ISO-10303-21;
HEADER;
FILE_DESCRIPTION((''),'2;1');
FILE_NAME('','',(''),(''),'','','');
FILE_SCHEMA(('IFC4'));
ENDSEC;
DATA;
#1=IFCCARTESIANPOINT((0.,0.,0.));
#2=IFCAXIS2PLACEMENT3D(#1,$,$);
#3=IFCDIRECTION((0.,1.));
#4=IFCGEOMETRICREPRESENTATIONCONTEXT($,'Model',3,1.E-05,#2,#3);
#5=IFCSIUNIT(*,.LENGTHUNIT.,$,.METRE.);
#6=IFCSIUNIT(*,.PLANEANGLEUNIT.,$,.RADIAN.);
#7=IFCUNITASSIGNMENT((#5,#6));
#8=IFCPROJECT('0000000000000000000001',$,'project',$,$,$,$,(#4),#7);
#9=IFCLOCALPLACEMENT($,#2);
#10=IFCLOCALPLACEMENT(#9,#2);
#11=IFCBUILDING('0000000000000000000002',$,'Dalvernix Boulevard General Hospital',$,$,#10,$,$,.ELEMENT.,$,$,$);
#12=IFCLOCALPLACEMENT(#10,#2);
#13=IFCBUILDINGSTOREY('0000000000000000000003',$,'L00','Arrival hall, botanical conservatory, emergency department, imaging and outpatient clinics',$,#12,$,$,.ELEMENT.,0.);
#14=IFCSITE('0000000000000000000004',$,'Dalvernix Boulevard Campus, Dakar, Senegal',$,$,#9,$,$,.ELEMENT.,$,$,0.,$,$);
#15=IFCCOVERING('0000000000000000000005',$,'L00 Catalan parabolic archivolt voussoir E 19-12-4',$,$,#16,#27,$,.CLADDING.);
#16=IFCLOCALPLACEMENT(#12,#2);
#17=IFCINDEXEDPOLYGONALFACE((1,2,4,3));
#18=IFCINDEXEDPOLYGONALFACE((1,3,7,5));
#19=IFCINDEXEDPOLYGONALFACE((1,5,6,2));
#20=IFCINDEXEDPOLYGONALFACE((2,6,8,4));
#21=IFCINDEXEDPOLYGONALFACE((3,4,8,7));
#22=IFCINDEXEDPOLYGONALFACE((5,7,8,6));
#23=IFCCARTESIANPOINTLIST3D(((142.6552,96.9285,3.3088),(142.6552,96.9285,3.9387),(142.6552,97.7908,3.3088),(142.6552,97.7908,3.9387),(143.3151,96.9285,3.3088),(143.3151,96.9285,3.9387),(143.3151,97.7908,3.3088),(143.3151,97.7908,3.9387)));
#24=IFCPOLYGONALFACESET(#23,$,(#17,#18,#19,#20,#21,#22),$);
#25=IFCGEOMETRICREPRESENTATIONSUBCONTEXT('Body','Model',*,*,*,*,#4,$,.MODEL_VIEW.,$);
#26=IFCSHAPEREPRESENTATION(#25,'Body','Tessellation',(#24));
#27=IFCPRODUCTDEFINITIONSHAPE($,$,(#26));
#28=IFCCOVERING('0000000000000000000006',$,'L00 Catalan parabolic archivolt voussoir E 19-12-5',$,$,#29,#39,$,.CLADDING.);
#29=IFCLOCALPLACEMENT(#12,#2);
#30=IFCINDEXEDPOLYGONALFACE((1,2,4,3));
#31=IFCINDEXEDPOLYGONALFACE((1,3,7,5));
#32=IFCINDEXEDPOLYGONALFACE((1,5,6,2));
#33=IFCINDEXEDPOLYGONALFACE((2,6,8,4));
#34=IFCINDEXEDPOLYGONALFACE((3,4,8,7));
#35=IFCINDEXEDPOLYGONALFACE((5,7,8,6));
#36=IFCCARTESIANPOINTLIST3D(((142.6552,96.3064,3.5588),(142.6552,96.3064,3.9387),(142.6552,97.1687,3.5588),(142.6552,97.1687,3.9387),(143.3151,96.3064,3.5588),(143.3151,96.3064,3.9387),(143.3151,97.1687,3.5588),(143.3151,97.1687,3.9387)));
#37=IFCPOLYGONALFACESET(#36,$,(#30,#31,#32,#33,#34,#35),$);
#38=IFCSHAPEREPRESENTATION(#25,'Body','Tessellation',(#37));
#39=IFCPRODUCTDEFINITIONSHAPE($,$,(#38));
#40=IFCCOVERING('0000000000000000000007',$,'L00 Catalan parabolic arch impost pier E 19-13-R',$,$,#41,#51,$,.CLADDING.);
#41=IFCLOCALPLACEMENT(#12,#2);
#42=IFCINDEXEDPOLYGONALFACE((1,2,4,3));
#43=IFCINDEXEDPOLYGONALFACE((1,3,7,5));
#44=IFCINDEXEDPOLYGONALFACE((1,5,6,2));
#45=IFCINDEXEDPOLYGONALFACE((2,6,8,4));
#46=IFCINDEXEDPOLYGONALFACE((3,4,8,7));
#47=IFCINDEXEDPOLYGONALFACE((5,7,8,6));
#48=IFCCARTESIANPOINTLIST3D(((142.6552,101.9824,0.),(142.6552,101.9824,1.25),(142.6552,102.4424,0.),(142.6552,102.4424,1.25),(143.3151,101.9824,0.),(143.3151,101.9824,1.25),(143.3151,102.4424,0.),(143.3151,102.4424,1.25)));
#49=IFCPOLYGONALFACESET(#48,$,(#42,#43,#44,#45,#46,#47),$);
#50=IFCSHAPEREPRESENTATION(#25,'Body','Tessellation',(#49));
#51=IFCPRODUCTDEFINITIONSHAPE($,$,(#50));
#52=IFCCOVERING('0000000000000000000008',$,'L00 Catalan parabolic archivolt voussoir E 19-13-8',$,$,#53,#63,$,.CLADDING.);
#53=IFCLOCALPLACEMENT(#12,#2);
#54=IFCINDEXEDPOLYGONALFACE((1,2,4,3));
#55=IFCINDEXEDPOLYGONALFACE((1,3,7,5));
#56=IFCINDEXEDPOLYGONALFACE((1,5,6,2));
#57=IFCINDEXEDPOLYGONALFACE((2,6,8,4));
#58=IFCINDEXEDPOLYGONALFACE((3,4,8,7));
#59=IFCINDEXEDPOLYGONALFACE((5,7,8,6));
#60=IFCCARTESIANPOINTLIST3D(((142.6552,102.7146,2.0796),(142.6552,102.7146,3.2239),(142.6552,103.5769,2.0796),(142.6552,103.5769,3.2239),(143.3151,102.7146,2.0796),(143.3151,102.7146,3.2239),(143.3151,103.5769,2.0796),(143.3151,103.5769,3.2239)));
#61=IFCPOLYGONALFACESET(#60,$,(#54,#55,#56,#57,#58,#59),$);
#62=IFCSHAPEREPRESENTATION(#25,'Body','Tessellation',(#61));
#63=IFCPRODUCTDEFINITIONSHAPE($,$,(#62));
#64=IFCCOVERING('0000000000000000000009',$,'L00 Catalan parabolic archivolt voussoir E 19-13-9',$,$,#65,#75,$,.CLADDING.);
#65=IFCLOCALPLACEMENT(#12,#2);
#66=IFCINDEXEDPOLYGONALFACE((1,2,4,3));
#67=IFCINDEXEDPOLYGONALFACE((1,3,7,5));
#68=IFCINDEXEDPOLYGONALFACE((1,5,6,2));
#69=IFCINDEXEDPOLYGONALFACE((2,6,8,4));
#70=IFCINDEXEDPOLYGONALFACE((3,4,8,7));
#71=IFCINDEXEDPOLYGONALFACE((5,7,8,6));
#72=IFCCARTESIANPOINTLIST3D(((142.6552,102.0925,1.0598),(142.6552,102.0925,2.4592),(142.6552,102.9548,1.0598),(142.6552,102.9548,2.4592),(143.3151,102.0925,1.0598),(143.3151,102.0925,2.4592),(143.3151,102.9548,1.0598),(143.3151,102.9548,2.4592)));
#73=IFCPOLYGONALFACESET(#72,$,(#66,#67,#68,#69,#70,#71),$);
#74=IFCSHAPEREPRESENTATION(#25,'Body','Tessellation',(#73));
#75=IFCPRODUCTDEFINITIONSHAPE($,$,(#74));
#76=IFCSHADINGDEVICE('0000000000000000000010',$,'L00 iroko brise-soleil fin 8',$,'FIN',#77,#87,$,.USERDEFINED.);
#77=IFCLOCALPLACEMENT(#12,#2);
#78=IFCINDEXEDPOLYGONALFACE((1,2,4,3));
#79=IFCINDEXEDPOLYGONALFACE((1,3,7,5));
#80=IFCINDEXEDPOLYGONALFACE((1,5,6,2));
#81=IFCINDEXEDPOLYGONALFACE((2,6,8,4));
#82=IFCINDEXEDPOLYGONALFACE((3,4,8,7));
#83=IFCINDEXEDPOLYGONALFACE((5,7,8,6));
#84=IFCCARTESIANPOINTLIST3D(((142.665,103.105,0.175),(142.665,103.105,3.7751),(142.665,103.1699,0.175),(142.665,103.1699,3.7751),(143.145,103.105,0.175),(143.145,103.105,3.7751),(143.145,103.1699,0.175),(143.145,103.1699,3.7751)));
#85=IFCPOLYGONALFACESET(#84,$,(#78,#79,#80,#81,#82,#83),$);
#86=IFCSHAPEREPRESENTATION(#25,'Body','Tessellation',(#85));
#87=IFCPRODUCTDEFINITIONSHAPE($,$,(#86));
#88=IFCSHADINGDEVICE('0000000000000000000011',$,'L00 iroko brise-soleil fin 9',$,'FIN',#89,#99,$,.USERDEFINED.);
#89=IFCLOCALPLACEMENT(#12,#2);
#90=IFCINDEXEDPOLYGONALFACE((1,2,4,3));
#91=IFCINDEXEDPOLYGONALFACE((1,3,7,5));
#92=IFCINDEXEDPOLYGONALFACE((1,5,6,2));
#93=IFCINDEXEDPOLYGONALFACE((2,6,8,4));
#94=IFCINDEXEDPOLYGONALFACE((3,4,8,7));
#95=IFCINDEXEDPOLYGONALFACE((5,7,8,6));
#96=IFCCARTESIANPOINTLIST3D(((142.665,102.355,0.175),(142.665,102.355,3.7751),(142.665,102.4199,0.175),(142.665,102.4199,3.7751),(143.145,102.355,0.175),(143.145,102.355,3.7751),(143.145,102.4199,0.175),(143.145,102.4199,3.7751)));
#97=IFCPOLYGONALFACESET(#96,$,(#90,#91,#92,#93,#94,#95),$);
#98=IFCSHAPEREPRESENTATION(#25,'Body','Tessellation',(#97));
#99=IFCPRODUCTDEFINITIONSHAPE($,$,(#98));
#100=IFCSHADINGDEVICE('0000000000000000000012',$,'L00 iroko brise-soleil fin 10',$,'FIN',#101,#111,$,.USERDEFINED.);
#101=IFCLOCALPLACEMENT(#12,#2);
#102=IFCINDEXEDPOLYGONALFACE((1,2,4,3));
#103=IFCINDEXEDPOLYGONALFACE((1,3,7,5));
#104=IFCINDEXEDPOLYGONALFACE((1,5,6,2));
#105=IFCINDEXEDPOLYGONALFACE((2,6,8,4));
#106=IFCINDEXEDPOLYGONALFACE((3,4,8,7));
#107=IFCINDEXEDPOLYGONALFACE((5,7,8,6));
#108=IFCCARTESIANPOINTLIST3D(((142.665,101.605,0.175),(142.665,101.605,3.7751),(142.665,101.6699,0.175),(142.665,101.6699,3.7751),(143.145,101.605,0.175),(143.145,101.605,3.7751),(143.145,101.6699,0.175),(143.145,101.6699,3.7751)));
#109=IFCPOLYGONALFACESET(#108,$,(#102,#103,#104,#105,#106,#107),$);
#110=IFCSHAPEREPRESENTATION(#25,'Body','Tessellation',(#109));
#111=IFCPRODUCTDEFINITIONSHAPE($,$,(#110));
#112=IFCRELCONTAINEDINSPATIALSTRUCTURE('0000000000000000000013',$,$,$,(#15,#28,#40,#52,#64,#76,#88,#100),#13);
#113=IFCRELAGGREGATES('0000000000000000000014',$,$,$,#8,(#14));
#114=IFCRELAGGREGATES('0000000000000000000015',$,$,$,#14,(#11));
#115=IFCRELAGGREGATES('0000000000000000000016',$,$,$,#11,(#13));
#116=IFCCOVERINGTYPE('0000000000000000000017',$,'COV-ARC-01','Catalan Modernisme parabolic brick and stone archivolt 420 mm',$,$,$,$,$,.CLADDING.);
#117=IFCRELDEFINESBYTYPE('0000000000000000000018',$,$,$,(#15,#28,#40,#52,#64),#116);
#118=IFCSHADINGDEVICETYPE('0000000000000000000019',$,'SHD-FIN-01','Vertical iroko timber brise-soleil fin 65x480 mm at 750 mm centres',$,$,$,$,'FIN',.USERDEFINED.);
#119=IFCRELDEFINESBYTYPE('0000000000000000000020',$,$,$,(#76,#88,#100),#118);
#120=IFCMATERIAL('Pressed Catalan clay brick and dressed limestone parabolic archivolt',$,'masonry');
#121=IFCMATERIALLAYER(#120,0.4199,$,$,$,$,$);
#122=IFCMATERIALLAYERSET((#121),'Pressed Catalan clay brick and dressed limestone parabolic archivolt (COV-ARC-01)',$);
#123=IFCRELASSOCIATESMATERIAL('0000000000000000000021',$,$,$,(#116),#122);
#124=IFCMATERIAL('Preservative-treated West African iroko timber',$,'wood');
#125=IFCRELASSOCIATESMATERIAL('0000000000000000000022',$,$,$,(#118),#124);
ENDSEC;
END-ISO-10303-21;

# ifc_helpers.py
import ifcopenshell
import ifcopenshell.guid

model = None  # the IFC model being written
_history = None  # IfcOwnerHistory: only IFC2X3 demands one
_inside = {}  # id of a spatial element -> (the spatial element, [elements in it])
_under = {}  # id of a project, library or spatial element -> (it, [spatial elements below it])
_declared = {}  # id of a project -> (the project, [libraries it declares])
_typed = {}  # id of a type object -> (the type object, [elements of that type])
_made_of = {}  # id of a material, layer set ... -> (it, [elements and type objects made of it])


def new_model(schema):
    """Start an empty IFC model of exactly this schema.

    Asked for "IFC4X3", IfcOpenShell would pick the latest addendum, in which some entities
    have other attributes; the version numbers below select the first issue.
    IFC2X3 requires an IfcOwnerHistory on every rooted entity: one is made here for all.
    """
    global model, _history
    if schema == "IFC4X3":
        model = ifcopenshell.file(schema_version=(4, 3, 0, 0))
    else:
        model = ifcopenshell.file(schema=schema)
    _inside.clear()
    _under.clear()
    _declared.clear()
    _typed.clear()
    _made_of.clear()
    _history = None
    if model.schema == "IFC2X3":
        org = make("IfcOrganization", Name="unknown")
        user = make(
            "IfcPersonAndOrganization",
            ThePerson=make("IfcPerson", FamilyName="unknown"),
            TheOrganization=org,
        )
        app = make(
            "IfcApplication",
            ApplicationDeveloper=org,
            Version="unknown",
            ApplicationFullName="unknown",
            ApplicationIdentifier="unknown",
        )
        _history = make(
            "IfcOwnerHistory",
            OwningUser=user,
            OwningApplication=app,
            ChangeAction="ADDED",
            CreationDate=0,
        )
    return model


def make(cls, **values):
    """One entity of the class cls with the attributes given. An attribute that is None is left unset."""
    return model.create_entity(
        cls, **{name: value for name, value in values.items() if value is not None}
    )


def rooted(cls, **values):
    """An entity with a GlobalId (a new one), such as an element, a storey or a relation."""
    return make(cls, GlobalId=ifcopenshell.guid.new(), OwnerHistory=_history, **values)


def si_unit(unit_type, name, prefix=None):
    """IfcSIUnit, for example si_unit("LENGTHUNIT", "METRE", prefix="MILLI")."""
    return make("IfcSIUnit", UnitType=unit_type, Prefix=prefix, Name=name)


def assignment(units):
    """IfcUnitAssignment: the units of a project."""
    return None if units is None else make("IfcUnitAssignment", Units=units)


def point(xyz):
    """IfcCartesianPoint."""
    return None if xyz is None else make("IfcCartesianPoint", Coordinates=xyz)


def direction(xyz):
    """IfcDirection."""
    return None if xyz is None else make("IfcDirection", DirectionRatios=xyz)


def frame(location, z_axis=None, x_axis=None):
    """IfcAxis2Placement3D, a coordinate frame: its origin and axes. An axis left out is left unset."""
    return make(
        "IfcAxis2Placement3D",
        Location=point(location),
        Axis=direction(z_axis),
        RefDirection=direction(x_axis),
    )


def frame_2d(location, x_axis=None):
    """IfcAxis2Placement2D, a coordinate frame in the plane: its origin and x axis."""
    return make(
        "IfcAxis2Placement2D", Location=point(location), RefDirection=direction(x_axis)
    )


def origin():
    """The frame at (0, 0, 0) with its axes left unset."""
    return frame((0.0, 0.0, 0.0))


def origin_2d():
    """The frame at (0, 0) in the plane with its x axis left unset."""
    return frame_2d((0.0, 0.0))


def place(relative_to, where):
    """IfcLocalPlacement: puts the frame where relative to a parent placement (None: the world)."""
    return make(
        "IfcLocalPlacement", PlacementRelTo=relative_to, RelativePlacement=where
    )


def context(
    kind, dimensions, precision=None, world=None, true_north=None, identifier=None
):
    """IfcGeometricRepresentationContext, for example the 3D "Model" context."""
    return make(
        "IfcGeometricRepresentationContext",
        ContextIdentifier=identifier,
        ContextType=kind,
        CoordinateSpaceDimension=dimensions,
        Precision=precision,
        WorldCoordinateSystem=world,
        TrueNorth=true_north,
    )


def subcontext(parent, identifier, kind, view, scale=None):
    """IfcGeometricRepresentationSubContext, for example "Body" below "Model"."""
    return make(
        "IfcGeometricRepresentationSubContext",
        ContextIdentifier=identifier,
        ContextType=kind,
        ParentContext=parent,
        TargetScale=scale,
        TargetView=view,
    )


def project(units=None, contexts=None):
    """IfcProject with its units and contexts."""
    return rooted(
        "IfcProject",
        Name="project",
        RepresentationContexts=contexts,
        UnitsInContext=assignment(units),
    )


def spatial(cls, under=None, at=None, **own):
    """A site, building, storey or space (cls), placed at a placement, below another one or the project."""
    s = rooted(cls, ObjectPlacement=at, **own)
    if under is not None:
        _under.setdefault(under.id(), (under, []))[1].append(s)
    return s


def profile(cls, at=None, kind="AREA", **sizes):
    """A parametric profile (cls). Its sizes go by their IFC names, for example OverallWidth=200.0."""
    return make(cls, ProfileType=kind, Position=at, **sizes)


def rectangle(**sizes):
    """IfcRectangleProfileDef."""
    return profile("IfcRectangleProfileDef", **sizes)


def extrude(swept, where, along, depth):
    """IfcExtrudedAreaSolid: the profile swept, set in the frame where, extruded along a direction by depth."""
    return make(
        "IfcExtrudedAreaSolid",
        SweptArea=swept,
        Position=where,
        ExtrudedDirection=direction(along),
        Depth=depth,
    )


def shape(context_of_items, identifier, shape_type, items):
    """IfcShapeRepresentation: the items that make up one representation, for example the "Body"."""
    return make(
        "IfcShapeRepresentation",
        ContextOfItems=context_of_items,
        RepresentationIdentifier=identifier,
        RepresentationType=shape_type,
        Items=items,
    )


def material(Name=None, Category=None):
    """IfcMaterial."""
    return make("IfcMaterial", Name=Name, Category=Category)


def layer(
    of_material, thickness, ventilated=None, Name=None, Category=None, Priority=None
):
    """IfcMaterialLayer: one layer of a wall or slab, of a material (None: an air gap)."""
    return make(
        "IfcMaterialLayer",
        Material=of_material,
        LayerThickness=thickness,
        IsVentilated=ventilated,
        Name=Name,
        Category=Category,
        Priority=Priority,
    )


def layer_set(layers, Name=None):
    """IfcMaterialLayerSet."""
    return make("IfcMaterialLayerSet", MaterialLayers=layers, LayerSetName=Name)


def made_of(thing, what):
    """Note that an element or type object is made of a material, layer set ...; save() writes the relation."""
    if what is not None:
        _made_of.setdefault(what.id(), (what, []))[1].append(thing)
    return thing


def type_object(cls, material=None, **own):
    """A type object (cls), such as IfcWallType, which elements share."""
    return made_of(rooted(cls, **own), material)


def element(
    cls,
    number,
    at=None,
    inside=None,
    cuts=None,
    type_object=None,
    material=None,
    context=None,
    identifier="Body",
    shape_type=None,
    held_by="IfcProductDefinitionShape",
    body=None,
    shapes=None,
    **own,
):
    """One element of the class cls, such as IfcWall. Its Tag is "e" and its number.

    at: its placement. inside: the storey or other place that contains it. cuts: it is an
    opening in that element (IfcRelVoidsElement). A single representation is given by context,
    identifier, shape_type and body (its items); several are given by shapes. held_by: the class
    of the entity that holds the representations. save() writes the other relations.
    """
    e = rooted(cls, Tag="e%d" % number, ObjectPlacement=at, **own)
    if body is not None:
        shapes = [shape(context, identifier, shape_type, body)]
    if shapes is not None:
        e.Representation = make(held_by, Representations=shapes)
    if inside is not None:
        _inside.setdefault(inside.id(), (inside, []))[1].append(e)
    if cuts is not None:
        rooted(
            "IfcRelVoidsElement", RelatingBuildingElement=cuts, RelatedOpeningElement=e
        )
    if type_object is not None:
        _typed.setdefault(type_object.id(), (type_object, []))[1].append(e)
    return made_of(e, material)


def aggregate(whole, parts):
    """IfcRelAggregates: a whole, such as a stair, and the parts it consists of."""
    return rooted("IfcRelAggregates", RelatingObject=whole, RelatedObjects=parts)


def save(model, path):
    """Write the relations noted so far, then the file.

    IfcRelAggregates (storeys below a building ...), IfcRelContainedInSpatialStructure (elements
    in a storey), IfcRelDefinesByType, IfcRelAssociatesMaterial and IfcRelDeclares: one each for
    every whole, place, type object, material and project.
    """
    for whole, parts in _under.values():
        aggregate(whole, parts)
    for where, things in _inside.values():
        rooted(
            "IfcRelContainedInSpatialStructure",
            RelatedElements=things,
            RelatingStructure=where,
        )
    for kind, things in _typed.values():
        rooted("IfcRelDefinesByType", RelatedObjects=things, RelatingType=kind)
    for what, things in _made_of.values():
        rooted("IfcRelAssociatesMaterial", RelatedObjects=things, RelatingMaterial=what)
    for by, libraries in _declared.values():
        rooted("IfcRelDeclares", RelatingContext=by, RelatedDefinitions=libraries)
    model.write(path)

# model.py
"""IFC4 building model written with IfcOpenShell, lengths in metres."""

from ifc_helpers import new_model, si_unit, direction, frame, origin, origin_2d, place, context, subcontext, project, spatial, rectangle, extrude, material, layer, layer_set, type_object, element, save


model = new_model("IFC4")

# Units and contexts
model_context = context("Model", 3, precision=1e-05, world=origin(), true_north=direction((0.0, 1.0)))
body_context = subcontext(model_context, "Body", "Model", "MODEL_VIEW")
ifc_project = project(units=[si_unit("LENGTHUNIT", "METRE"), si_unit("PLANEANGLEUNIT", "RADIAN")], contexts=[model_context])

# Site, building, storey
site_placement = place(None, origin())
site = spatial("IfcSite", under=ifc_project, at=site_placement, Name="Dalvernix Boulevard Campus, Dakar, Senegal", CompositionType="ELEMENT", RefElevation=0.0)
building_placement = place(site_placement, origin())
building = spatial("IfcBuilding", under=site, at=building_placement, Name="Dalvernix Boulevard General Hospital", CompositionType="ELEMENT")
storey_placement = place(building_placement, origin())
storey = spatial("IfcBuildingStorey", under=building, at=storey_placement, Name="L00", Description="Arrival hall, botanical conservatory, emergency department, imaging and outpatient clinics", CompositionType="ELEMENT", Elevation=0.0)

# Coverings
ifc_material_1 = material(Name="Pressed Catalan clay brick and dressed limestone parabolic archivolt", Category="masonry")
ifc_layer_1 = layer(ifc_material_1, 0.4199)
ifc_layer_set_1 = layer_set([ifc_layer_1], Name="Pressed Catalan clay brick and dressed limestone parabolic archivolt (COV-ARC-01)")
covering_type = type_object("IfcCoveringType", Name="COV-ARC-01", Description="Catalan Modernisme parabolic brick and stone archivolt 420 mm", PredefinedType="CLADDING", material=ifc_layer_set_1)
covering_1_placement = place(storey_placement, frame((142.9851, 97.3596, 3.3088), z_axis=(0.0, 0.0, 1.0), x_axis=(0.0, -1.0, 0.0)))
element("IfcCovering", 1, at=covering_1_placement, inside=storey, type_object=covering_type, Name="L00 Catalan parabolic archivolt voussoir E 19-12-4", PredefinedType="CLADDING", context=body_context, shape_type="SweptSolid", body=[
    extrude(rectangle(XDim=0.8623, YDim=0.6599, at=origin_2d()), origin(), (0.0, 0.0, 1.0), 0.6299),
])
covering_2_placement = place(storey_placement, frame((142.9851, 96.7375, 3.5588), z_axis=(0.0, 0.0, 1.0), x_axis=(0.0, -1.0, 0.0)))
element("IfcCovering", 2, at=covering_2_placement, inside=storey, type_object=covering_type, Name="L00 Catalan parabolic archivolt voussoir E 19-12-5", PredefinedType="CLADDING", context=body_context, shape_type="SweptSolid", body=[
    extrude(rectangle(XDim=0.8623, YDim=0.6599, at=origin_2d()), origin(), (0.0, 0.0, 1.0), 0.3799),
])
covering_3_placement = place(storey_placement, frame((142.9851, 102.2124, 0.0), z_axis=(0.0, 0.0, 1.0), x_axis=(0.0, -1.0, 0.0)))
element("IfcCovering", 3, at=covering_3_placement, inside=storey, type_object=covering_type, Name="L00 Catalan parabolic arch impost pier E 19-13-R", PredefinedType="CLADDING", context=body_context, shape_type="SweptSolid", body=[
    extrude(rectangle(XDim=0.46, YDim=0.6599, at=origin_2d()), origin(), (0.0, 0.0, 1.0), 1.25),
])
covering_4_placement = place(storey_placement, frame((142.9851, 103.1458, 2.0796), z_axis=(0.0, 0.0, 1.0), x_axis=(0.0, -1.0, 0.0)))
element("IfcCovering", 4, at=covering_4_placement, inside=storey, type_object=covering_type, Name="L00 Catalan parabolic archivolt voussoir E 19-13-8", PredefinedType="CLADDING", context=body_context, shape_type="SweptSolid", body=[
    extrude(rectangle(XDim=0.8623, YDim=0.6599, at=origin_2d()), origin(), (0.0, 0.0, 1.0), 1.1443),
])
covering_5_placement = place(storey_placement, frame((142.9851, 102.5237, 1.0598), z_axis=(0.0, 0.0, 1.0), x_axis=(0.0, -1.0, 0.0)))
element("IfcCovering", 5, at=covering_5_placement, inside=storey, type_object=covering_type, Name="L00 Catalan parabolic archivolt voussoir E 19-13-9", PredefinedType="CLADDING", context=body_context, shape_type="SweptSolid", body=[
    extrude(rectangle(XDim=0.8623, YDim=0.6599, at=origin_2d()), origin(), (0.0, 0.0, 1.0), 1.3994),
])

# Shading devices
ifc_material_2 = material(Name="Preservative-treated West African iroko timber", Category="wood")
shading_device_type = type_object("IfcShadingDeviceType", Name="SHD-FIN-01", Description="Vertical iroko timber brise-soleil fin 65x480 mm at 750 mm centres", ElementType="FIN", PredefinedType="USERDEFINED", material=ifc_material_2)
for number, where, z_axis, x_axis, name in (
    (6, (142.905, 103.1375, 0.175), (0.0, 0.0, 1.0), (0.0, -1.0, 0.0), "L00 iroko brise-soleil fin 8"),
    (7, (142.905, 102.3875, 0.175), (0.0, 0.0, 1.0), (0.0, -1.0, 0.0), "L00 iroko brise-soleil fin 9"),
    (8, (142.905, 101.6375, 0.175), (0.0, 0.0, 1.0), (0.0, -1.0, 0.0), "L00 iroko brise-soleil fin 10"),
):
    element("IfcShadingDevice", number, at=place(storey_placement, frame(where, z_axis=z_axis, x_axis=x_axis)), inside=storey, type_object=shading_device_type, Name=name, ObjectType="FIN", PredefinedType="USERDEFINED", context=body_context, shape_type="SweptSolid", body=[
        extrude(rectangle(XDim=0.0649, YDim=0.48, at=origin_2d()), origin(), (0.0, 0.0, 1.0), 3.6001),
    ])

save(model, "model.ifc")
